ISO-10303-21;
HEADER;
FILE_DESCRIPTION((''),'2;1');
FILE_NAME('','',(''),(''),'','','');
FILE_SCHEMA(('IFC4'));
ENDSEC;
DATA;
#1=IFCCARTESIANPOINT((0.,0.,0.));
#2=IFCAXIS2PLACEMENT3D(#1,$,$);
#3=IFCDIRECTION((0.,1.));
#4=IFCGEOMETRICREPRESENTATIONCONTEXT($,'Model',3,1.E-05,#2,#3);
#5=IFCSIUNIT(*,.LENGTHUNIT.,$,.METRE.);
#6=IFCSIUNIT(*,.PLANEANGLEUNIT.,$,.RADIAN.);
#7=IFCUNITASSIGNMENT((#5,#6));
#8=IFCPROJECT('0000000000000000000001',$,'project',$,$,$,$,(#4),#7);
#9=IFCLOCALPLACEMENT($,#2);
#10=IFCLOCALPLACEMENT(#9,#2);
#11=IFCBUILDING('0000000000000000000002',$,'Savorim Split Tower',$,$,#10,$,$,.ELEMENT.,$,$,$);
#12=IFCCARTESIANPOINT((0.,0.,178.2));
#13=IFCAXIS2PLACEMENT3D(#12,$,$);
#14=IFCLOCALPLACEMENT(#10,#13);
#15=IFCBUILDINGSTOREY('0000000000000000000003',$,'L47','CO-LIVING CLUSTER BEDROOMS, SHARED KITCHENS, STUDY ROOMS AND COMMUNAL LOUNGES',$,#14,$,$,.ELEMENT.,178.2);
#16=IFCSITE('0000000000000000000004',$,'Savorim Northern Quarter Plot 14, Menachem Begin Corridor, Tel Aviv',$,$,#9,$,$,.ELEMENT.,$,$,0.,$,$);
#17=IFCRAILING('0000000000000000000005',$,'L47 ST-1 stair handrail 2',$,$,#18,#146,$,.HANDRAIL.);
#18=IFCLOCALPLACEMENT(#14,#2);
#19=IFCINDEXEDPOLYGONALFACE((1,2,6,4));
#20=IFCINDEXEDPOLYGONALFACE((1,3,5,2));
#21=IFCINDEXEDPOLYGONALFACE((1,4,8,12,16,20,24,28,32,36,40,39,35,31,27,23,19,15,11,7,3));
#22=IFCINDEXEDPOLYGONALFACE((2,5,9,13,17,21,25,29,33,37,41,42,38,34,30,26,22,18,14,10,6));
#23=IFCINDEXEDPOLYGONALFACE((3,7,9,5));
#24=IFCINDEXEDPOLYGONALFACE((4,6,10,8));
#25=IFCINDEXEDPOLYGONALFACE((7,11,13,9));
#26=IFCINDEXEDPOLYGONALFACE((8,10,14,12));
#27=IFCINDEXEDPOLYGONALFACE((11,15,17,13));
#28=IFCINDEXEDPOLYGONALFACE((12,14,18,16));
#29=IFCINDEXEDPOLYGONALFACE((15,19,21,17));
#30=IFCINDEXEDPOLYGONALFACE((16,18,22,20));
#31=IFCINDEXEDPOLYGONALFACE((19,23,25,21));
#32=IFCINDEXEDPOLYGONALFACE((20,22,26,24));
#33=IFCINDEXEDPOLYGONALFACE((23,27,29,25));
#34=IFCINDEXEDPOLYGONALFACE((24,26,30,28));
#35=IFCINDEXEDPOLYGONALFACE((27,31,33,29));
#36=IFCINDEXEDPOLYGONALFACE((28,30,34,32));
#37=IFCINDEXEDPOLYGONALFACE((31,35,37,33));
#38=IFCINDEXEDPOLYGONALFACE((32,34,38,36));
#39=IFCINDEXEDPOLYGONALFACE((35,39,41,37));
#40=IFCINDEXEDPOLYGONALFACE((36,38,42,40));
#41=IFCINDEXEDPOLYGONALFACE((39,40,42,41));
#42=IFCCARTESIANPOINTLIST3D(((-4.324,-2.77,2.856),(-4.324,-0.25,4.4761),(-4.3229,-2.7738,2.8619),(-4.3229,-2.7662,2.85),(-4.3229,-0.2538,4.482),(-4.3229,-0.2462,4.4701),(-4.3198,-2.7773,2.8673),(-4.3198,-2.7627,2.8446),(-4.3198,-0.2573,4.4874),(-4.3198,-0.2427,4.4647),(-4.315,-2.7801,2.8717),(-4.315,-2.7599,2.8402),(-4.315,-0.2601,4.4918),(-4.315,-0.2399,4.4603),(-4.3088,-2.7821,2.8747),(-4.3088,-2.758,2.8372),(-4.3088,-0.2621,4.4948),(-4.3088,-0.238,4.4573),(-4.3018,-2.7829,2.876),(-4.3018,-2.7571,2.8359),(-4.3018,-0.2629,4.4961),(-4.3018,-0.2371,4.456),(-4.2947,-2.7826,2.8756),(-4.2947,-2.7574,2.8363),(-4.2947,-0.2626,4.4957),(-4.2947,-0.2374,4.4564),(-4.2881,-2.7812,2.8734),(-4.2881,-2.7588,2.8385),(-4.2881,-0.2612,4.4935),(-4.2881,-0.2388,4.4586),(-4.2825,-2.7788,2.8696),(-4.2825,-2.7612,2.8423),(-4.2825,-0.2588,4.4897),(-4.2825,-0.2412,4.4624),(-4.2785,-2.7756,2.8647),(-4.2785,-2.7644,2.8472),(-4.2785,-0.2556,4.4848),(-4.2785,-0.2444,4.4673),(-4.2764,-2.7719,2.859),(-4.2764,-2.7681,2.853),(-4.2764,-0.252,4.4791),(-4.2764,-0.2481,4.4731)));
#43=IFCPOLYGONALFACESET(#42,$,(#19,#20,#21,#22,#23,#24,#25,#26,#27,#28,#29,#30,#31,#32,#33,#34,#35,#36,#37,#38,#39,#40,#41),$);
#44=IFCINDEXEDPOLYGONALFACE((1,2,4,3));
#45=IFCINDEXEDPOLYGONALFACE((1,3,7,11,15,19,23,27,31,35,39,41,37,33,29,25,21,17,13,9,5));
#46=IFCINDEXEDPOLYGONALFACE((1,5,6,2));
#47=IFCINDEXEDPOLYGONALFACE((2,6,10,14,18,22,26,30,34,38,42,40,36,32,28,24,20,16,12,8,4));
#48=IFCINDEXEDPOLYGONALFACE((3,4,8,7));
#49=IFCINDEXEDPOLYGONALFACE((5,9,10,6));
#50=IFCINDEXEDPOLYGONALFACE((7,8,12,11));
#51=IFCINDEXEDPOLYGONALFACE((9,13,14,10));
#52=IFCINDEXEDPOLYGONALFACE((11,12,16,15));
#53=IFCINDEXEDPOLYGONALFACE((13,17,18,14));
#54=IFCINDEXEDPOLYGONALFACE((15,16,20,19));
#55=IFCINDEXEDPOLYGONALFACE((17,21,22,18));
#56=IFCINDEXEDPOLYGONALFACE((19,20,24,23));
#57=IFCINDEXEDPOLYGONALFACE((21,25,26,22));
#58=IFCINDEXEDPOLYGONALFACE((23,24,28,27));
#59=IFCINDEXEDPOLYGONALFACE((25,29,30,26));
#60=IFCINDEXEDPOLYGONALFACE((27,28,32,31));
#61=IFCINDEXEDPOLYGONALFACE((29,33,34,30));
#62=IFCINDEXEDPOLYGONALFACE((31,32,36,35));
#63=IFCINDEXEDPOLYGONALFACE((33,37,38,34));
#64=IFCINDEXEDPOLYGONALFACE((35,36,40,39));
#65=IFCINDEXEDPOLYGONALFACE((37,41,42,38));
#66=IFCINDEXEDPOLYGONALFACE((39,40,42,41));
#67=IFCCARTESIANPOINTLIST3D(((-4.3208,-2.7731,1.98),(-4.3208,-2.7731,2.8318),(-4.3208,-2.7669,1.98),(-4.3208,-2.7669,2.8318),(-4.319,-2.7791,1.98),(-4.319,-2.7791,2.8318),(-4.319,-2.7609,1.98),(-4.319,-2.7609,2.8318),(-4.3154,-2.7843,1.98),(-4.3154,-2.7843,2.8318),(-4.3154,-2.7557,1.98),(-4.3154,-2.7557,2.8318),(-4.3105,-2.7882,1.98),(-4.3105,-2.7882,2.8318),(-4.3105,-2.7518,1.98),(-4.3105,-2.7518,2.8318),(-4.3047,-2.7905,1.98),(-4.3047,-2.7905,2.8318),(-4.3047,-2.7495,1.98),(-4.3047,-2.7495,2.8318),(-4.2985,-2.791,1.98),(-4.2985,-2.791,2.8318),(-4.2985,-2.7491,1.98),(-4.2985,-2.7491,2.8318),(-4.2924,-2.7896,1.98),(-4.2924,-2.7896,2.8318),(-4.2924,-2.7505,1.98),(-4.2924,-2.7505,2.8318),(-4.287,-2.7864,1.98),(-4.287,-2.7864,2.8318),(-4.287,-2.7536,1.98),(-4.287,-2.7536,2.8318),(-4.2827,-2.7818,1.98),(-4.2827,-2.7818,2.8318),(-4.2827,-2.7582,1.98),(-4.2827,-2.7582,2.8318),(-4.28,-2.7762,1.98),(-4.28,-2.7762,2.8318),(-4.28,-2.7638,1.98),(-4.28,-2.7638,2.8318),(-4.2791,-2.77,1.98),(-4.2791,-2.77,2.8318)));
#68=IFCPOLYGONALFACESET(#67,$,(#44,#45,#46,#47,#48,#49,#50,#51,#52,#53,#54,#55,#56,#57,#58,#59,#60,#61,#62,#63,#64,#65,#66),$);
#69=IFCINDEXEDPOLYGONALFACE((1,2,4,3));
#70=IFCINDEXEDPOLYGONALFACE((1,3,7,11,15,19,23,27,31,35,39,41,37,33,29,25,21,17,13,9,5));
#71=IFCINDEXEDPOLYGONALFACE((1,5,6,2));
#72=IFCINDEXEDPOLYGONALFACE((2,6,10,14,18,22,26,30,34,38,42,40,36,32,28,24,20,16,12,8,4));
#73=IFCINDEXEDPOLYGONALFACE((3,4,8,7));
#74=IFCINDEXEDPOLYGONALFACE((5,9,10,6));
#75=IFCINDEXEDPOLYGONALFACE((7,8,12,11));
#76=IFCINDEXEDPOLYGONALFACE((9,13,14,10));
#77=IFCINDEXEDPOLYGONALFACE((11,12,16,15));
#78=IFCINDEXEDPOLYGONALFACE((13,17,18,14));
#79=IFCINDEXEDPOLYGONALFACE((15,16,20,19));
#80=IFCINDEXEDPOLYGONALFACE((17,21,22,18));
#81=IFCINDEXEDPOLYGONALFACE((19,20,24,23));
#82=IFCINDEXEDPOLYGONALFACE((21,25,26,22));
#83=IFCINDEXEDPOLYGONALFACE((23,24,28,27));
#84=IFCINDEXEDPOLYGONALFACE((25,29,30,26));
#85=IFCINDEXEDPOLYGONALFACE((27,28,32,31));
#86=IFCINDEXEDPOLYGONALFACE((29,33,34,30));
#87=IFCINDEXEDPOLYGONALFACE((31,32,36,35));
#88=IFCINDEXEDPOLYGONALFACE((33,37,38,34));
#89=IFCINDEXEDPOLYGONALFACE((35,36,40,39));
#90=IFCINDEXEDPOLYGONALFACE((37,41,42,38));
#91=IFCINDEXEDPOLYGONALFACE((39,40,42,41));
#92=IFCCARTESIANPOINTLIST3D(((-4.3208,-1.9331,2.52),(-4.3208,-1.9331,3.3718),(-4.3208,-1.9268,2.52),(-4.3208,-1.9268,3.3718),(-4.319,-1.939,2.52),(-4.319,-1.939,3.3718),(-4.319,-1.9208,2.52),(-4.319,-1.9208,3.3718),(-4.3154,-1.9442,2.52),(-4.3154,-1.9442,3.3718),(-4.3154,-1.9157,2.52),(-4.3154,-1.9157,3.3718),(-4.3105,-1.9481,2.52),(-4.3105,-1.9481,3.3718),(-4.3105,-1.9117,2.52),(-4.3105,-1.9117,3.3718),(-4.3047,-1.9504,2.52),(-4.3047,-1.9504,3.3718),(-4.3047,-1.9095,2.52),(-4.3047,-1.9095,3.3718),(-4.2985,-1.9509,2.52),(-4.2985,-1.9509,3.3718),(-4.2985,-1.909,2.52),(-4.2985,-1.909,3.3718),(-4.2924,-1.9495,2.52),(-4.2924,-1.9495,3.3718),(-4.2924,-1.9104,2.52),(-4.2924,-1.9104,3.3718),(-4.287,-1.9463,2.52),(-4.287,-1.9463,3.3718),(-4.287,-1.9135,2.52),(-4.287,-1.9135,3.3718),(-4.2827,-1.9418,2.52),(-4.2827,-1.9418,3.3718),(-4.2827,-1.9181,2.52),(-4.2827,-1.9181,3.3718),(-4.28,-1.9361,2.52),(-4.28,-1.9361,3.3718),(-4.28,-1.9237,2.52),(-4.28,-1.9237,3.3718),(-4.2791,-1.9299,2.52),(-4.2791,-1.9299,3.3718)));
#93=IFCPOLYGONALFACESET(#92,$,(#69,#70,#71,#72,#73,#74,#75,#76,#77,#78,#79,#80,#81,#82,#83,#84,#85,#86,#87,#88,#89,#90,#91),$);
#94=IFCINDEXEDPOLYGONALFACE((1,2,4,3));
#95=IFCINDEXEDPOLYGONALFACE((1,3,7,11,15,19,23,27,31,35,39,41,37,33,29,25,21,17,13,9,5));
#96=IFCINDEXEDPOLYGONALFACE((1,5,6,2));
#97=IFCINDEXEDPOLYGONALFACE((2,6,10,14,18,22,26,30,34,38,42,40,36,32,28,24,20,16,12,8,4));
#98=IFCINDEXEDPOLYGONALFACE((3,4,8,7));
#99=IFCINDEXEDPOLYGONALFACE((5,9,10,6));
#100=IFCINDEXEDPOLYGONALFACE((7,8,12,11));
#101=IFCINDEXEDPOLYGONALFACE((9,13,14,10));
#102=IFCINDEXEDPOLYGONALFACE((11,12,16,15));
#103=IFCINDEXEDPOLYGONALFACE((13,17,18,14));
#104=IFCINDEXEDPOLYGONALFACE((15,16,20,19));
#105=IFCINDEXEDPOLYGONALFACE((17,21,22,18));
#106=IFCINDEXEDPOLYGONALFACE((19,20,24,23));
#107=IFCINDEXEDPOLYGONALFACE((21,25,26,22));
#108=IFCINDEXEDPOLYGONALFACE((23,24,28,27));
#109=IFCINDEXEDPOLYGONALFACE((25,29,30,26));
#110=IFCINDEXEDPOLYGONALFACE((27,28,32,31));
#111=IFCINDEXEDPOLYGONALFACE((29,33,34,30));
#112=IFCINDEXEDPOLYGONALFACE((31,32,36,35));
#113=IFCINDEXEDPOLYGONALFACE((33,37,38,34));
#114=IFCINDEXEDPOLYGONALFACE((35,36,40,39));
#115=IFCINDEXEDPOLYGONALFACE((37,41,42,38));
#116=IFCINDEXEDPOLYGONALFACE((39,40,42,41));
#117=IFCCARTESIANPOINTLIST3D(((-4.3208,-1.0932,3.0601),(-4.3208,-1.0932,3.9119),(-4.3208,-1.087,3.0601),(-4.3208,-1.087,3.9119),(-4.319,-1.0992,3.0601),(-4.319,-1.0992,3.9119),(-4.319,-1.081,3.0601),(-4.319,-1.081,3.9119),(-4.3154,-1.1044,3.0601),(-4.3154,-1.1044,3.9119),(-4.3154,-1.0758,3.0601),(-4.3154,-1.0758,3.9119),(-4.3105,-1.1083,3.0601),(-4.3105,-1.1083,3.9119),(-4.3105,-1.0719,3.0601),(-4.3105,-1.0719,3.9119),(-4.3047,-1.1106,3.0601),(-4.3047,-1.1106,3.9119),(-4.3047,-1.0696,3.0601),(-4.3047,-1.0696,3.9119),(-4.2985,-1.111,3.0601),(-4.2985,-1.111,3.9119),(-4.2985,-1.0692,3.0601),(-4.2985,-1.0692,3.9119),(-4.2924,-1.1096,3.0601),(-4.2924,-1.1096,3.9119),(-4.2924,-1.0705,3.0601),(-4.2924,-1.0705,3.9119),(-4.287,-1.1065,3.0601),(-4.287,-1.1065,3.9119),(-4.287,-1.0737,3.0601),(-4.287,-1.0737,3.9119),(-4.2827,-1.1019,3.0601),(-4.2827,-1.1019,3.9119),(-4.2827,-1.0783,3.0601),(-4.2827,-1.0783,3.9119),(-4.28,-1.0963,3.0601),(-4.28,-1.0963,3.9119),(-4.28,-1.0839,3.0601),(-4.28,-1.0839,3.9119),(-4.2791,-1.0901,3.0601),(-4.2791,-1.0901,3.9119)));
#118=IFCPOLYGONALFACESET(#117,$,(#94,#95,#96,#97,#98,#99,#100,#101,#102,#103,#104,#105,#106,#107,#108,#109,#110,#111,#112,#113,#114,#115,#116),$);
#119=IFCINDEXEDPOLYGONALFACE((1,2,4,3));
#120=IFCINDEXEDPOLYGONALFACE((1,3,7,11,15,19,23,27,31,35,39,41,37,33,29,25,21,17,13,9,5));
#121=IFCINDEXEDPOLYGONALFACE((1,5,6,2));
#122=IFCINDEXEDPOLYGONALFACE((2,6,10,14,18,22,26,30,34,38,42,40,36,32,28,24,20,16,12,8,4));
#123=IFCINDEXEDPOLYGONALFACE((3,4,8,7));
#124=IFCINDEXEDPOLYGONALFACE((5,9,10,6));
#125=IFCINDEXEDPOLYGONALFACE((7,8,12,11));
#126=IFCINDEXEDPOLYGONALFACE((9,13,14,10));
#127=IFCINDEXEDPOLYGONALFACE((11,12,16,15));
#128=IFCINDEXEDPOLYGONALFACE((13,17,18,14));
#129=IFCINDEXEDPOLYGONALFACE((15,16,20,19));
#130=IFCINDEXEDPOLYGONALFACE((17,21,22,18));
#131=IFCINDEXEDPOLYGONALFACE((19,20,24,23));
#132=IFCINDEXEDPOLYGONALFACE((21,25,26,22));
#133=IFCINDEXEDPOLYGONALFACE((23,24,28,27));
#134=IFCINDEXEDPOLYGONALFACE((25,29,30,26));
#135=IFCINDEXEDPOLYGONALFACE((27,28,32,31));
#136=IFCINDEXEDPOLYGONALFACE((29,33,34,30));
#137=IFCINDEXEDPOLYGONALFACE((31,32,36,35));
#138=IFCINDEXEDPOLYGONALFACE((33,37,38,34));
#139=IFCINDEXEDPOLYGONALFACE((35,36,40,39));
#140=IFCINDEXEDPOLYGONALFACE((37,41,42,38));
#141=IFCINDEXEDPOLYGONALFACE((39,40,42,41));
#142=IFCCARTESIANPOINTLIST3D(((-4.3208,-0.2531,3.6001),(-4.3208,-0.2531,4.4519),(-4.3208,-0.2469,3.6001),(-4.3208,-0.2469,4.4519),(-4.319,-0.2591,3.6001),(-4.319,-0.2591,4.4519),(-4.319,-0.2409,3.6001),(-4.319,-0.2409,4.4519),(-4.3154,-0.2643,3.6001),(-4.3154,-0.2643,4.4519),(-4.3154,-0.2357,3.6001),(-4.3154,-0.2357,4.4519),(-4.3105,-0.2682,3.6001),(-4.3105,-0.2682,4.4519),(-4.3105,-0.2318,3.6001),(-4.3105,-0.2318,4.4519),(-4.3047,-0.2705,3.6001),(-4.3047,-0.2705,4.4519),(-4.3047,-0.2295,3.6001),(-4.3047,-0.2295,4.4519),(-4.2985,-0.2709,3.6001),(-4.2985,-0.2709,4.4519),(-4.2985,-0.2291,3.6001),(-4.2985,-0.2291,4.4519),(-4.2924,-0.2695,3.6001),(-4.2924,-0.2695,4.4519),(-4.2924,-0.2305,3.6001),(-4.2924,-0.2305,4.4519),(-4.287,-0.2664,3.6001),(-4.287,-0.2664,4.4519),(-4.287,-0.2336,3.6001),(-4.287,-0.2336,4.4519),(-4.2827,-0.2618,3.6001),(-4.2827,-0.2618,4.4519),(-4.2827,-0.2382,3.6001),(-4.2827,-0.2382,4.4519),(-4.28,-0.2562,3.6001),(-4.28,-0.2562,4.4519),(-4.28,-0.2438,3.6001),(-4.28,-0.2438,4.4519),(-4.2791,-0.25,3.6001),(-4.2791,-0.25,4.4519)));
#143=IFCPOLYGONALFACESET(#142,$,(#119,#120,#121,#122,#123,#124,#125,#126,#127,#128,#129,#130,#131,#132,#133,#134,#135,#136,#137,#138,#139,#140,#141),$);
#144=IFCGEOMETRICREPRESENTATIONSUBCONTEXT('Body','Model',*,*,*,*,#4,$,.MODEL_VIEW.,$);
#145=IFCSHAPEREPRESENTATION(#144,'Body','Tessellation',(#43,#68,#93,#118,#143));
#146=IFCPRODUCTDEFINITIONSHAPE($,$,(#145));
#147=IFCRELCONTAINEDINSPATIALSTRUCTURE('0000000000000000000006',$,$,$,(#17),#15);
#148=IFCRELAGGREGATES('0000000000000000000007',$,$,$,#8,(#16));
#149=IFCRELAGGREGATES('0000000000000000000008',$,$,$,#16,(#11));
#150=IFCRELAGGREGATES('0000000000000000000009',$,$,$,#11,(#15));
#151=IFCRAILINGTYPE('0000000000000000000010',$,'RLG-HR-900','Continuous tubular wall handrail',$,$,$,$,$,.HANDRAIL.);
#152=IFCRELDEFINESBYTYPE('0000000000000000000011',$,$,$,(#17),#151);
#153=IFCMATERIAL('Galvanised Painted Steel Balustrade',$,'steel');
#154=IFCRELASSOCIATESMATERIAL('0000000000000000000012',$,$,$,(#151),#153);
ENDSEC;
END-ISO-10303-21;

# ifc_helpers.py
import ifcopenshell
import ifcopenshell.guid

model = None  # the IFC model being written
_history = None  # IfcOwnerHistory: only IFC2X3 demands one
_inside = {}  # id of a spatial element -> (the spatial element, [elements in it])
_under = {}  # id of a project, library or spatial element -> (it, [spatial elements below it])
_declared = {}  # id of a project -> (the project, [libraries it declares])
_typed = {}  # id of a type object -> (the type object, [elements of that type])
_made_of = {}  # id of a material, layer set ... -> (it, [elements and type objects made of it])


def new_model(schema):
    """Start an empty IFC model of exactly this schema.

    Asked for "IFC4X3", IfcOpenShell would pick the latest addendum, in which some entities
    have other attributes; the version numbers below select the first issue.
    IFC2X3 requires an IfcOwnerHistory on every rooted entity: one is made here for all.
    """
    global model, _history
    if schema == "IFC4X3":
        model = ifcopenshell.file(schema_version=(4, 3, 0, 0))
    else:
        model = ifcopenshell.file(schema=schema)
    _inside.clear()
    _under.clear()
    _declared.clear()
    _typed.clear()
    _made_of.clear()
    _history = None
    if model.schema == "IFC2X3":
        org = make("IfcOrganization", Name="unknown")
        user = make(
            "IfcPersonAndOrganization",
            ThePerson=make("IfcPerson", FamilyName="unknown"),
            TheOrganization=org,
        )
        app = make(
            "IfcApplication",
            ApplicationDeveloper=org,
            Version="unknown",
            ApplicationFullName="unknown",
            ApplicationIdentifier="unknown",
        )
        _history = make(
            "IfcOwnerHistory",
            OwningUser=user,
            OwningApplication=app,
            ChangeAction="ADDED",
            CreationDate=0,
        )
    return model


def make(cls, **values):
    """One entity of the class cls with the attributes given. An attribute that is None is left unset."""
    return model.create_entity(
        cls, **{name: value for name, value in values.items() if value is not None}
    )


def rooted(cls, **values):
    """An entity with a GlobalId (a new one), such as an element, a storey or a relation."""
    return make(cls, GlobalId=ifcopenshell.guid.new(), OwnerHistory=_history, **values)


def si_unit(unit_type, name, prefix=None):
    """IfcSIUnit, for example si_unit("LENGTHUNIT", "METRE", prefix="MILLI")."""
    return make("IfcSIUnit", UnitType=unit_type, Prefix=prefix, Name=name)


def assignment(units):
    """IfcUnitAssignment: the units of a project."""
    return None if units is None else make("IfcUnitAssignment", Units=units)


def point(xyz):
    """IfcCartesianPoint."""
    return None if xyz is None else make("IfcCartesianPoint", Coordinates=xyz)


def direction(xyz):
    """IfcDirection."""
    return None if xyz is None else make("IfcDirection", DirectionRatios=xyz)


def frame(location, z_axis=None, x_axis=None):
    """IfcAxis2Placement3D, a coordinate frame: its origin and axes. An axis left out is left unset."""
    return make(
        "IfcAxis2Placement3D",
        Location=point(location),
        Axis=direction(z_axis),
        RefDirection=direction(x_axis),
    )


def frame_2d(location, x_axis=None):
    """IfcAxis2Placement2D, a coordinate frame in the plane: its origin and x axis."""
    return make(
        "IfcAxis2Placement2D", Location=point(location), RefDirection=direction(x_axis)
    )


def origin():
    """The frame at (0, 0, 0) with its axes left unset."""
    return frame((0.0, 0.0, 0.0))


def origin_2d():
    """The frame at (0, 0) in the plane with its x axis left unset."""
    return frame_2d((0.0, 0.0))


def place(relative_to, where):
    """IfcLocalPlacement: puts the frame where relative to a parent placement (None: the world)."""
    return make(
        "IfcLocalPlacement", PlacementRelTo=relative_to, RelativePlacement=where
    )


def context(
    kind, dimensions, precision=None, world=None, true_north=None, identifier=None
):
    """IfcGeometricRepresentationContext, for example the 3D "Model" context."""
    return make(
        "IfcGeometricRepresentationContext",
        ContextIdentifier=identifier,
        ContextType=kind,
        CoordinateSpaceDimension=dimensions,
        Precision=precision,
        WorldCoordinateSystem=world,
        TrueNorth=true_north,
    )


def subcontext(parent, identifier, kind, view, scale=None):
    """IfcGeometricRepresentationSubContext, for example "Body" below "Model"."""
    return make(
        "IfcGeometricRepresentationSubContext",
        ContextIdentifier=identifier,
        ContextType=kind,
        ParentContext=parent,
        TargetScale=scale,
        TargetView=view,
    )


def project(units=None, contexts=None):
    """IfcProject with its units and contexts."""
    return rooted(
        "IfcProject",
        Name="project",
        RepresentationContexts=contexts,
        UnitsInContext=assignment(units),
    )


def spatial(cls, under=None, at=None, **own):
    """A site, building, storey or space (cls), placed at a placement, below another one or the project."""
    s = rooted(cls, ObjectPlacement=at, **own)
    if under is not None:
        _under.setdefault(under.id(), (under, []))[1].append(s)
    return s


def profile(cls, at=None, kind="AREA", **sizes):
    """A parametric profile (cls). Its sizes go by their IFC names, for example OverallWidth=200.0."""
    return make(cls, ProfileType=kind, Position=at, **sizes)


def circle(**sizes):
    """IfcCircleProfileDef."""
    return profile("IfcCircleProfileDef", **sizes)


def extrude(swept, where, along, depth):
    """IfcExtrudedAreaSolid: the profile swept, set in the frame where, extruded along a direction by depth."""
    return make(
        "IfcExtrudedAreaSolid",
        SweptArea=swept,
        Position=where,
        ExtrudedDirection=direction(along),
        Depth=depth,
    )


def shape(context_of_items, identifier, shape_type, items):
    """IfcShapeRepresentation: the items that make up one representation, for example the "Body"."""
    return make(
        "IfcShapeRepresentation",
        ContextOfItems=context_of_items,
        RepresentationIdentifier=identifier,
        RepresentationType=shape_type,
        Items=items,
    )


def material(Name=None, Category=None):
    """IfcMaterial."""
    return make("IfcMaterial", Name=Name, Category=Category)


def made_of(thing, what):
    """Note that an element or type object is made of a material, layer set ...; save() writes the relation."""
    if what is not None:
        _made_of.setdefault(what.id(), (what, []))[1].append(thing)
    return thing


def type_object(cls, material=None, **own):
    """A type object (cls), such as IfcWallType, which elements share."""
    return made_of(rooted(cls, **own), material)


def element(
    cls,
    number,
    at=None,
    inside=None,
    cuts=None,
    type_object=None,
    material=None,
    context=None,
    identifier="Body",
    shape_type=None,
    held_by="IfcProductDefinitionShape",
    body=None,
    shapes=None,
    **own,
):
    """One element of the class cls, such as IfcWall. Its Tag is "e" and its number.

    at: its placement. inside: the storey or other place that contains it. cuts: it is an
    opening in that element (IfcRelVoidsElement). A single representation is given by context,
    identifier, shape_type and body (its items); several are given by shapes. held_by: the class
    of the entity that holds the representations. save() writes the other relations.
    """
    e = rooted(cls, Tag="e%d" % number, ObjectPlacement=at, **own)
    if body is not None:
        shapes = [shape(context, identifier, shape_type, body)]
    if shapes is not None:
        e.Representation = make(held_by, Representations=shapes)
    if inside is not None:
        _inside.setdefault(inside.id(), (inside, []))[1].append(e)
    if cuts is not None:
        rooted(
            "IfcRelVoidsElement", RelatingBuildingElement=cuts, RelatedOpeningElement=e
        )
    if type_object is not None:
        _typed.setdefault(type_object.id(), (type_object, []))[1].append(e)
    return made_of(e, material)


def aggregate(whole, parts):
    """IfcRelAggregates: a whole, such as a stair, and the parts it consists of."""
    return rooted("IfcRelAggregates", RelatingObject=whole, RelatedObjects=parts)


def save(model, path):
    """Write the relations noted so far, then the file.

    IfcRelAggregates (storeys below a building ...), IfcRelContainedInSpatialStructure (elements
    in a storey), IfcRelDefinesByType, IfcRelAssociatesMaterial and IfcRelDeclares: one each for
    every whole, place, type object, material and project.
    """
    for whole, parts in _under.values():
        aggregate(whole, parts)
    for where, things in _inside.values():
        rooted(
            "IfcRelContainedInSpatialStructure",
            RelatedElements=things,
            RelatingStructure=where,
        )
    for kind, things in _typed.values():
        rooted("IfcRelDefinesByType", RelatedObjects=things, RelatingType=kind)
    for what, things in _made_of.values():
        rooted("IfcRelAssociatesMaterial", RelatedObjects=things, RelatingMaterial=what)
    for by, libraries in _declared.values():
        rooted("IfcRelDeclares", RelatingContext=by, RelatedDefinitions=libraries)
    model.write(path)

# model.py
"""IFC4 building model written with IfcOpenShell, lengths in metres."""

from ifc_helpers import new_model, si_unit, direction, frame, origin, origin_2d, place, context, subcontext, project, spatial, circle, extrude, material, type_object, element, save


model = new_model("IFC4")

# Units and contexts
model_context = context("Model", 3, precision=1e-05, world=origin(), true_north=direction((0.0, 1.0)))
body_context = subcontext(model_context, "Body", "Model", "MODEL_VIEW")
ifc_project = project(units=[si_unit("LENGTHUNIT", "METRE"), si_unit("PLANEANGLEUNIT", "RADIAN")], contexts=[model_context])

# Site, building, storey
site_placement = place(None, origin())
site = spatial("IfcSite", under=ifc_project, at=site_placement, Name="Savorim Northern Quarter Plot 14, Menachem Begin Corridor, Tel Aviv", CompositionType="ELEMENT", RefElevation=0.0)
building_placement = place(site_placement, origin())
building = spatial("IfcBuilding", under=site, at=building_placement, Name="Savorim Split Tower", CompositionType="ELEMENT")
storey_placement = place(building_placement, frame((0.0, 0.0, 178.2)))
storey = spatial("IfcBuildingStorey", under=building, at=storey_placement, Name="L47", Description="CO-LIVING CLUSTER BEDROOMS, SHARED KITCHENS, STUDY ROOMS AND COMMUNAL LOUNGES", CompositionType="ELEMENT", Elevation=178.2)

# Railing
ifc_material_1 = material(Name="Galvanised Painted Steel Balustrade", Category="steel")
railing_type = type_object("IfcRailingType", Name="RLG-HR-900", Description="Continuous tubular wall handrail", PredefinedType="HANDRAIL", material=ifc_material_1)
railing_placement = place(storey_placement, frame((-4.3, -2.77, 1.98)))
element("IfcRailing", 1, at=railing_placement, inside=storey, type_object=railing_type, Name="L47 ST-1 stair handrail 2", PredefinedType="HANDRAIL", context=body_context, shape_type="SweptSolid", body=[
    extrude(circle(Radius=0.0239, at=origin_2d()), frame((0.0, 0.0, 0.876), z_axis=(0.0, 0.841163, 0.540782), x_axis=(-1.0, 0.0, 0.0)), (0.0, 0.0, 1.0), 2.9958),
    extrude(circle(Radius=0.021, at=origin_2d()), origin(), (0.0, 0.0, 1.0), 0.8518),
    extrude(circle(Radius=0.021, at=origin_2d()), frame((0.0, 0.8401, 0.54)), (0.0, 0.0, 1.0), 0.8518),
    extrude(circle(Radius=0.021, at=origin_2d()), frame((0.0, 1.6799, 1.0801)), (0.0, 0.0, 1.0), 0.8518),
    extrude(circle(Radius=0.021, at=origin_2d()), frame((0.0, 2.52, 1.6201)), (0.0, 0.0, 1.0), 0.8518),
])

save(model, "model.ifc")
